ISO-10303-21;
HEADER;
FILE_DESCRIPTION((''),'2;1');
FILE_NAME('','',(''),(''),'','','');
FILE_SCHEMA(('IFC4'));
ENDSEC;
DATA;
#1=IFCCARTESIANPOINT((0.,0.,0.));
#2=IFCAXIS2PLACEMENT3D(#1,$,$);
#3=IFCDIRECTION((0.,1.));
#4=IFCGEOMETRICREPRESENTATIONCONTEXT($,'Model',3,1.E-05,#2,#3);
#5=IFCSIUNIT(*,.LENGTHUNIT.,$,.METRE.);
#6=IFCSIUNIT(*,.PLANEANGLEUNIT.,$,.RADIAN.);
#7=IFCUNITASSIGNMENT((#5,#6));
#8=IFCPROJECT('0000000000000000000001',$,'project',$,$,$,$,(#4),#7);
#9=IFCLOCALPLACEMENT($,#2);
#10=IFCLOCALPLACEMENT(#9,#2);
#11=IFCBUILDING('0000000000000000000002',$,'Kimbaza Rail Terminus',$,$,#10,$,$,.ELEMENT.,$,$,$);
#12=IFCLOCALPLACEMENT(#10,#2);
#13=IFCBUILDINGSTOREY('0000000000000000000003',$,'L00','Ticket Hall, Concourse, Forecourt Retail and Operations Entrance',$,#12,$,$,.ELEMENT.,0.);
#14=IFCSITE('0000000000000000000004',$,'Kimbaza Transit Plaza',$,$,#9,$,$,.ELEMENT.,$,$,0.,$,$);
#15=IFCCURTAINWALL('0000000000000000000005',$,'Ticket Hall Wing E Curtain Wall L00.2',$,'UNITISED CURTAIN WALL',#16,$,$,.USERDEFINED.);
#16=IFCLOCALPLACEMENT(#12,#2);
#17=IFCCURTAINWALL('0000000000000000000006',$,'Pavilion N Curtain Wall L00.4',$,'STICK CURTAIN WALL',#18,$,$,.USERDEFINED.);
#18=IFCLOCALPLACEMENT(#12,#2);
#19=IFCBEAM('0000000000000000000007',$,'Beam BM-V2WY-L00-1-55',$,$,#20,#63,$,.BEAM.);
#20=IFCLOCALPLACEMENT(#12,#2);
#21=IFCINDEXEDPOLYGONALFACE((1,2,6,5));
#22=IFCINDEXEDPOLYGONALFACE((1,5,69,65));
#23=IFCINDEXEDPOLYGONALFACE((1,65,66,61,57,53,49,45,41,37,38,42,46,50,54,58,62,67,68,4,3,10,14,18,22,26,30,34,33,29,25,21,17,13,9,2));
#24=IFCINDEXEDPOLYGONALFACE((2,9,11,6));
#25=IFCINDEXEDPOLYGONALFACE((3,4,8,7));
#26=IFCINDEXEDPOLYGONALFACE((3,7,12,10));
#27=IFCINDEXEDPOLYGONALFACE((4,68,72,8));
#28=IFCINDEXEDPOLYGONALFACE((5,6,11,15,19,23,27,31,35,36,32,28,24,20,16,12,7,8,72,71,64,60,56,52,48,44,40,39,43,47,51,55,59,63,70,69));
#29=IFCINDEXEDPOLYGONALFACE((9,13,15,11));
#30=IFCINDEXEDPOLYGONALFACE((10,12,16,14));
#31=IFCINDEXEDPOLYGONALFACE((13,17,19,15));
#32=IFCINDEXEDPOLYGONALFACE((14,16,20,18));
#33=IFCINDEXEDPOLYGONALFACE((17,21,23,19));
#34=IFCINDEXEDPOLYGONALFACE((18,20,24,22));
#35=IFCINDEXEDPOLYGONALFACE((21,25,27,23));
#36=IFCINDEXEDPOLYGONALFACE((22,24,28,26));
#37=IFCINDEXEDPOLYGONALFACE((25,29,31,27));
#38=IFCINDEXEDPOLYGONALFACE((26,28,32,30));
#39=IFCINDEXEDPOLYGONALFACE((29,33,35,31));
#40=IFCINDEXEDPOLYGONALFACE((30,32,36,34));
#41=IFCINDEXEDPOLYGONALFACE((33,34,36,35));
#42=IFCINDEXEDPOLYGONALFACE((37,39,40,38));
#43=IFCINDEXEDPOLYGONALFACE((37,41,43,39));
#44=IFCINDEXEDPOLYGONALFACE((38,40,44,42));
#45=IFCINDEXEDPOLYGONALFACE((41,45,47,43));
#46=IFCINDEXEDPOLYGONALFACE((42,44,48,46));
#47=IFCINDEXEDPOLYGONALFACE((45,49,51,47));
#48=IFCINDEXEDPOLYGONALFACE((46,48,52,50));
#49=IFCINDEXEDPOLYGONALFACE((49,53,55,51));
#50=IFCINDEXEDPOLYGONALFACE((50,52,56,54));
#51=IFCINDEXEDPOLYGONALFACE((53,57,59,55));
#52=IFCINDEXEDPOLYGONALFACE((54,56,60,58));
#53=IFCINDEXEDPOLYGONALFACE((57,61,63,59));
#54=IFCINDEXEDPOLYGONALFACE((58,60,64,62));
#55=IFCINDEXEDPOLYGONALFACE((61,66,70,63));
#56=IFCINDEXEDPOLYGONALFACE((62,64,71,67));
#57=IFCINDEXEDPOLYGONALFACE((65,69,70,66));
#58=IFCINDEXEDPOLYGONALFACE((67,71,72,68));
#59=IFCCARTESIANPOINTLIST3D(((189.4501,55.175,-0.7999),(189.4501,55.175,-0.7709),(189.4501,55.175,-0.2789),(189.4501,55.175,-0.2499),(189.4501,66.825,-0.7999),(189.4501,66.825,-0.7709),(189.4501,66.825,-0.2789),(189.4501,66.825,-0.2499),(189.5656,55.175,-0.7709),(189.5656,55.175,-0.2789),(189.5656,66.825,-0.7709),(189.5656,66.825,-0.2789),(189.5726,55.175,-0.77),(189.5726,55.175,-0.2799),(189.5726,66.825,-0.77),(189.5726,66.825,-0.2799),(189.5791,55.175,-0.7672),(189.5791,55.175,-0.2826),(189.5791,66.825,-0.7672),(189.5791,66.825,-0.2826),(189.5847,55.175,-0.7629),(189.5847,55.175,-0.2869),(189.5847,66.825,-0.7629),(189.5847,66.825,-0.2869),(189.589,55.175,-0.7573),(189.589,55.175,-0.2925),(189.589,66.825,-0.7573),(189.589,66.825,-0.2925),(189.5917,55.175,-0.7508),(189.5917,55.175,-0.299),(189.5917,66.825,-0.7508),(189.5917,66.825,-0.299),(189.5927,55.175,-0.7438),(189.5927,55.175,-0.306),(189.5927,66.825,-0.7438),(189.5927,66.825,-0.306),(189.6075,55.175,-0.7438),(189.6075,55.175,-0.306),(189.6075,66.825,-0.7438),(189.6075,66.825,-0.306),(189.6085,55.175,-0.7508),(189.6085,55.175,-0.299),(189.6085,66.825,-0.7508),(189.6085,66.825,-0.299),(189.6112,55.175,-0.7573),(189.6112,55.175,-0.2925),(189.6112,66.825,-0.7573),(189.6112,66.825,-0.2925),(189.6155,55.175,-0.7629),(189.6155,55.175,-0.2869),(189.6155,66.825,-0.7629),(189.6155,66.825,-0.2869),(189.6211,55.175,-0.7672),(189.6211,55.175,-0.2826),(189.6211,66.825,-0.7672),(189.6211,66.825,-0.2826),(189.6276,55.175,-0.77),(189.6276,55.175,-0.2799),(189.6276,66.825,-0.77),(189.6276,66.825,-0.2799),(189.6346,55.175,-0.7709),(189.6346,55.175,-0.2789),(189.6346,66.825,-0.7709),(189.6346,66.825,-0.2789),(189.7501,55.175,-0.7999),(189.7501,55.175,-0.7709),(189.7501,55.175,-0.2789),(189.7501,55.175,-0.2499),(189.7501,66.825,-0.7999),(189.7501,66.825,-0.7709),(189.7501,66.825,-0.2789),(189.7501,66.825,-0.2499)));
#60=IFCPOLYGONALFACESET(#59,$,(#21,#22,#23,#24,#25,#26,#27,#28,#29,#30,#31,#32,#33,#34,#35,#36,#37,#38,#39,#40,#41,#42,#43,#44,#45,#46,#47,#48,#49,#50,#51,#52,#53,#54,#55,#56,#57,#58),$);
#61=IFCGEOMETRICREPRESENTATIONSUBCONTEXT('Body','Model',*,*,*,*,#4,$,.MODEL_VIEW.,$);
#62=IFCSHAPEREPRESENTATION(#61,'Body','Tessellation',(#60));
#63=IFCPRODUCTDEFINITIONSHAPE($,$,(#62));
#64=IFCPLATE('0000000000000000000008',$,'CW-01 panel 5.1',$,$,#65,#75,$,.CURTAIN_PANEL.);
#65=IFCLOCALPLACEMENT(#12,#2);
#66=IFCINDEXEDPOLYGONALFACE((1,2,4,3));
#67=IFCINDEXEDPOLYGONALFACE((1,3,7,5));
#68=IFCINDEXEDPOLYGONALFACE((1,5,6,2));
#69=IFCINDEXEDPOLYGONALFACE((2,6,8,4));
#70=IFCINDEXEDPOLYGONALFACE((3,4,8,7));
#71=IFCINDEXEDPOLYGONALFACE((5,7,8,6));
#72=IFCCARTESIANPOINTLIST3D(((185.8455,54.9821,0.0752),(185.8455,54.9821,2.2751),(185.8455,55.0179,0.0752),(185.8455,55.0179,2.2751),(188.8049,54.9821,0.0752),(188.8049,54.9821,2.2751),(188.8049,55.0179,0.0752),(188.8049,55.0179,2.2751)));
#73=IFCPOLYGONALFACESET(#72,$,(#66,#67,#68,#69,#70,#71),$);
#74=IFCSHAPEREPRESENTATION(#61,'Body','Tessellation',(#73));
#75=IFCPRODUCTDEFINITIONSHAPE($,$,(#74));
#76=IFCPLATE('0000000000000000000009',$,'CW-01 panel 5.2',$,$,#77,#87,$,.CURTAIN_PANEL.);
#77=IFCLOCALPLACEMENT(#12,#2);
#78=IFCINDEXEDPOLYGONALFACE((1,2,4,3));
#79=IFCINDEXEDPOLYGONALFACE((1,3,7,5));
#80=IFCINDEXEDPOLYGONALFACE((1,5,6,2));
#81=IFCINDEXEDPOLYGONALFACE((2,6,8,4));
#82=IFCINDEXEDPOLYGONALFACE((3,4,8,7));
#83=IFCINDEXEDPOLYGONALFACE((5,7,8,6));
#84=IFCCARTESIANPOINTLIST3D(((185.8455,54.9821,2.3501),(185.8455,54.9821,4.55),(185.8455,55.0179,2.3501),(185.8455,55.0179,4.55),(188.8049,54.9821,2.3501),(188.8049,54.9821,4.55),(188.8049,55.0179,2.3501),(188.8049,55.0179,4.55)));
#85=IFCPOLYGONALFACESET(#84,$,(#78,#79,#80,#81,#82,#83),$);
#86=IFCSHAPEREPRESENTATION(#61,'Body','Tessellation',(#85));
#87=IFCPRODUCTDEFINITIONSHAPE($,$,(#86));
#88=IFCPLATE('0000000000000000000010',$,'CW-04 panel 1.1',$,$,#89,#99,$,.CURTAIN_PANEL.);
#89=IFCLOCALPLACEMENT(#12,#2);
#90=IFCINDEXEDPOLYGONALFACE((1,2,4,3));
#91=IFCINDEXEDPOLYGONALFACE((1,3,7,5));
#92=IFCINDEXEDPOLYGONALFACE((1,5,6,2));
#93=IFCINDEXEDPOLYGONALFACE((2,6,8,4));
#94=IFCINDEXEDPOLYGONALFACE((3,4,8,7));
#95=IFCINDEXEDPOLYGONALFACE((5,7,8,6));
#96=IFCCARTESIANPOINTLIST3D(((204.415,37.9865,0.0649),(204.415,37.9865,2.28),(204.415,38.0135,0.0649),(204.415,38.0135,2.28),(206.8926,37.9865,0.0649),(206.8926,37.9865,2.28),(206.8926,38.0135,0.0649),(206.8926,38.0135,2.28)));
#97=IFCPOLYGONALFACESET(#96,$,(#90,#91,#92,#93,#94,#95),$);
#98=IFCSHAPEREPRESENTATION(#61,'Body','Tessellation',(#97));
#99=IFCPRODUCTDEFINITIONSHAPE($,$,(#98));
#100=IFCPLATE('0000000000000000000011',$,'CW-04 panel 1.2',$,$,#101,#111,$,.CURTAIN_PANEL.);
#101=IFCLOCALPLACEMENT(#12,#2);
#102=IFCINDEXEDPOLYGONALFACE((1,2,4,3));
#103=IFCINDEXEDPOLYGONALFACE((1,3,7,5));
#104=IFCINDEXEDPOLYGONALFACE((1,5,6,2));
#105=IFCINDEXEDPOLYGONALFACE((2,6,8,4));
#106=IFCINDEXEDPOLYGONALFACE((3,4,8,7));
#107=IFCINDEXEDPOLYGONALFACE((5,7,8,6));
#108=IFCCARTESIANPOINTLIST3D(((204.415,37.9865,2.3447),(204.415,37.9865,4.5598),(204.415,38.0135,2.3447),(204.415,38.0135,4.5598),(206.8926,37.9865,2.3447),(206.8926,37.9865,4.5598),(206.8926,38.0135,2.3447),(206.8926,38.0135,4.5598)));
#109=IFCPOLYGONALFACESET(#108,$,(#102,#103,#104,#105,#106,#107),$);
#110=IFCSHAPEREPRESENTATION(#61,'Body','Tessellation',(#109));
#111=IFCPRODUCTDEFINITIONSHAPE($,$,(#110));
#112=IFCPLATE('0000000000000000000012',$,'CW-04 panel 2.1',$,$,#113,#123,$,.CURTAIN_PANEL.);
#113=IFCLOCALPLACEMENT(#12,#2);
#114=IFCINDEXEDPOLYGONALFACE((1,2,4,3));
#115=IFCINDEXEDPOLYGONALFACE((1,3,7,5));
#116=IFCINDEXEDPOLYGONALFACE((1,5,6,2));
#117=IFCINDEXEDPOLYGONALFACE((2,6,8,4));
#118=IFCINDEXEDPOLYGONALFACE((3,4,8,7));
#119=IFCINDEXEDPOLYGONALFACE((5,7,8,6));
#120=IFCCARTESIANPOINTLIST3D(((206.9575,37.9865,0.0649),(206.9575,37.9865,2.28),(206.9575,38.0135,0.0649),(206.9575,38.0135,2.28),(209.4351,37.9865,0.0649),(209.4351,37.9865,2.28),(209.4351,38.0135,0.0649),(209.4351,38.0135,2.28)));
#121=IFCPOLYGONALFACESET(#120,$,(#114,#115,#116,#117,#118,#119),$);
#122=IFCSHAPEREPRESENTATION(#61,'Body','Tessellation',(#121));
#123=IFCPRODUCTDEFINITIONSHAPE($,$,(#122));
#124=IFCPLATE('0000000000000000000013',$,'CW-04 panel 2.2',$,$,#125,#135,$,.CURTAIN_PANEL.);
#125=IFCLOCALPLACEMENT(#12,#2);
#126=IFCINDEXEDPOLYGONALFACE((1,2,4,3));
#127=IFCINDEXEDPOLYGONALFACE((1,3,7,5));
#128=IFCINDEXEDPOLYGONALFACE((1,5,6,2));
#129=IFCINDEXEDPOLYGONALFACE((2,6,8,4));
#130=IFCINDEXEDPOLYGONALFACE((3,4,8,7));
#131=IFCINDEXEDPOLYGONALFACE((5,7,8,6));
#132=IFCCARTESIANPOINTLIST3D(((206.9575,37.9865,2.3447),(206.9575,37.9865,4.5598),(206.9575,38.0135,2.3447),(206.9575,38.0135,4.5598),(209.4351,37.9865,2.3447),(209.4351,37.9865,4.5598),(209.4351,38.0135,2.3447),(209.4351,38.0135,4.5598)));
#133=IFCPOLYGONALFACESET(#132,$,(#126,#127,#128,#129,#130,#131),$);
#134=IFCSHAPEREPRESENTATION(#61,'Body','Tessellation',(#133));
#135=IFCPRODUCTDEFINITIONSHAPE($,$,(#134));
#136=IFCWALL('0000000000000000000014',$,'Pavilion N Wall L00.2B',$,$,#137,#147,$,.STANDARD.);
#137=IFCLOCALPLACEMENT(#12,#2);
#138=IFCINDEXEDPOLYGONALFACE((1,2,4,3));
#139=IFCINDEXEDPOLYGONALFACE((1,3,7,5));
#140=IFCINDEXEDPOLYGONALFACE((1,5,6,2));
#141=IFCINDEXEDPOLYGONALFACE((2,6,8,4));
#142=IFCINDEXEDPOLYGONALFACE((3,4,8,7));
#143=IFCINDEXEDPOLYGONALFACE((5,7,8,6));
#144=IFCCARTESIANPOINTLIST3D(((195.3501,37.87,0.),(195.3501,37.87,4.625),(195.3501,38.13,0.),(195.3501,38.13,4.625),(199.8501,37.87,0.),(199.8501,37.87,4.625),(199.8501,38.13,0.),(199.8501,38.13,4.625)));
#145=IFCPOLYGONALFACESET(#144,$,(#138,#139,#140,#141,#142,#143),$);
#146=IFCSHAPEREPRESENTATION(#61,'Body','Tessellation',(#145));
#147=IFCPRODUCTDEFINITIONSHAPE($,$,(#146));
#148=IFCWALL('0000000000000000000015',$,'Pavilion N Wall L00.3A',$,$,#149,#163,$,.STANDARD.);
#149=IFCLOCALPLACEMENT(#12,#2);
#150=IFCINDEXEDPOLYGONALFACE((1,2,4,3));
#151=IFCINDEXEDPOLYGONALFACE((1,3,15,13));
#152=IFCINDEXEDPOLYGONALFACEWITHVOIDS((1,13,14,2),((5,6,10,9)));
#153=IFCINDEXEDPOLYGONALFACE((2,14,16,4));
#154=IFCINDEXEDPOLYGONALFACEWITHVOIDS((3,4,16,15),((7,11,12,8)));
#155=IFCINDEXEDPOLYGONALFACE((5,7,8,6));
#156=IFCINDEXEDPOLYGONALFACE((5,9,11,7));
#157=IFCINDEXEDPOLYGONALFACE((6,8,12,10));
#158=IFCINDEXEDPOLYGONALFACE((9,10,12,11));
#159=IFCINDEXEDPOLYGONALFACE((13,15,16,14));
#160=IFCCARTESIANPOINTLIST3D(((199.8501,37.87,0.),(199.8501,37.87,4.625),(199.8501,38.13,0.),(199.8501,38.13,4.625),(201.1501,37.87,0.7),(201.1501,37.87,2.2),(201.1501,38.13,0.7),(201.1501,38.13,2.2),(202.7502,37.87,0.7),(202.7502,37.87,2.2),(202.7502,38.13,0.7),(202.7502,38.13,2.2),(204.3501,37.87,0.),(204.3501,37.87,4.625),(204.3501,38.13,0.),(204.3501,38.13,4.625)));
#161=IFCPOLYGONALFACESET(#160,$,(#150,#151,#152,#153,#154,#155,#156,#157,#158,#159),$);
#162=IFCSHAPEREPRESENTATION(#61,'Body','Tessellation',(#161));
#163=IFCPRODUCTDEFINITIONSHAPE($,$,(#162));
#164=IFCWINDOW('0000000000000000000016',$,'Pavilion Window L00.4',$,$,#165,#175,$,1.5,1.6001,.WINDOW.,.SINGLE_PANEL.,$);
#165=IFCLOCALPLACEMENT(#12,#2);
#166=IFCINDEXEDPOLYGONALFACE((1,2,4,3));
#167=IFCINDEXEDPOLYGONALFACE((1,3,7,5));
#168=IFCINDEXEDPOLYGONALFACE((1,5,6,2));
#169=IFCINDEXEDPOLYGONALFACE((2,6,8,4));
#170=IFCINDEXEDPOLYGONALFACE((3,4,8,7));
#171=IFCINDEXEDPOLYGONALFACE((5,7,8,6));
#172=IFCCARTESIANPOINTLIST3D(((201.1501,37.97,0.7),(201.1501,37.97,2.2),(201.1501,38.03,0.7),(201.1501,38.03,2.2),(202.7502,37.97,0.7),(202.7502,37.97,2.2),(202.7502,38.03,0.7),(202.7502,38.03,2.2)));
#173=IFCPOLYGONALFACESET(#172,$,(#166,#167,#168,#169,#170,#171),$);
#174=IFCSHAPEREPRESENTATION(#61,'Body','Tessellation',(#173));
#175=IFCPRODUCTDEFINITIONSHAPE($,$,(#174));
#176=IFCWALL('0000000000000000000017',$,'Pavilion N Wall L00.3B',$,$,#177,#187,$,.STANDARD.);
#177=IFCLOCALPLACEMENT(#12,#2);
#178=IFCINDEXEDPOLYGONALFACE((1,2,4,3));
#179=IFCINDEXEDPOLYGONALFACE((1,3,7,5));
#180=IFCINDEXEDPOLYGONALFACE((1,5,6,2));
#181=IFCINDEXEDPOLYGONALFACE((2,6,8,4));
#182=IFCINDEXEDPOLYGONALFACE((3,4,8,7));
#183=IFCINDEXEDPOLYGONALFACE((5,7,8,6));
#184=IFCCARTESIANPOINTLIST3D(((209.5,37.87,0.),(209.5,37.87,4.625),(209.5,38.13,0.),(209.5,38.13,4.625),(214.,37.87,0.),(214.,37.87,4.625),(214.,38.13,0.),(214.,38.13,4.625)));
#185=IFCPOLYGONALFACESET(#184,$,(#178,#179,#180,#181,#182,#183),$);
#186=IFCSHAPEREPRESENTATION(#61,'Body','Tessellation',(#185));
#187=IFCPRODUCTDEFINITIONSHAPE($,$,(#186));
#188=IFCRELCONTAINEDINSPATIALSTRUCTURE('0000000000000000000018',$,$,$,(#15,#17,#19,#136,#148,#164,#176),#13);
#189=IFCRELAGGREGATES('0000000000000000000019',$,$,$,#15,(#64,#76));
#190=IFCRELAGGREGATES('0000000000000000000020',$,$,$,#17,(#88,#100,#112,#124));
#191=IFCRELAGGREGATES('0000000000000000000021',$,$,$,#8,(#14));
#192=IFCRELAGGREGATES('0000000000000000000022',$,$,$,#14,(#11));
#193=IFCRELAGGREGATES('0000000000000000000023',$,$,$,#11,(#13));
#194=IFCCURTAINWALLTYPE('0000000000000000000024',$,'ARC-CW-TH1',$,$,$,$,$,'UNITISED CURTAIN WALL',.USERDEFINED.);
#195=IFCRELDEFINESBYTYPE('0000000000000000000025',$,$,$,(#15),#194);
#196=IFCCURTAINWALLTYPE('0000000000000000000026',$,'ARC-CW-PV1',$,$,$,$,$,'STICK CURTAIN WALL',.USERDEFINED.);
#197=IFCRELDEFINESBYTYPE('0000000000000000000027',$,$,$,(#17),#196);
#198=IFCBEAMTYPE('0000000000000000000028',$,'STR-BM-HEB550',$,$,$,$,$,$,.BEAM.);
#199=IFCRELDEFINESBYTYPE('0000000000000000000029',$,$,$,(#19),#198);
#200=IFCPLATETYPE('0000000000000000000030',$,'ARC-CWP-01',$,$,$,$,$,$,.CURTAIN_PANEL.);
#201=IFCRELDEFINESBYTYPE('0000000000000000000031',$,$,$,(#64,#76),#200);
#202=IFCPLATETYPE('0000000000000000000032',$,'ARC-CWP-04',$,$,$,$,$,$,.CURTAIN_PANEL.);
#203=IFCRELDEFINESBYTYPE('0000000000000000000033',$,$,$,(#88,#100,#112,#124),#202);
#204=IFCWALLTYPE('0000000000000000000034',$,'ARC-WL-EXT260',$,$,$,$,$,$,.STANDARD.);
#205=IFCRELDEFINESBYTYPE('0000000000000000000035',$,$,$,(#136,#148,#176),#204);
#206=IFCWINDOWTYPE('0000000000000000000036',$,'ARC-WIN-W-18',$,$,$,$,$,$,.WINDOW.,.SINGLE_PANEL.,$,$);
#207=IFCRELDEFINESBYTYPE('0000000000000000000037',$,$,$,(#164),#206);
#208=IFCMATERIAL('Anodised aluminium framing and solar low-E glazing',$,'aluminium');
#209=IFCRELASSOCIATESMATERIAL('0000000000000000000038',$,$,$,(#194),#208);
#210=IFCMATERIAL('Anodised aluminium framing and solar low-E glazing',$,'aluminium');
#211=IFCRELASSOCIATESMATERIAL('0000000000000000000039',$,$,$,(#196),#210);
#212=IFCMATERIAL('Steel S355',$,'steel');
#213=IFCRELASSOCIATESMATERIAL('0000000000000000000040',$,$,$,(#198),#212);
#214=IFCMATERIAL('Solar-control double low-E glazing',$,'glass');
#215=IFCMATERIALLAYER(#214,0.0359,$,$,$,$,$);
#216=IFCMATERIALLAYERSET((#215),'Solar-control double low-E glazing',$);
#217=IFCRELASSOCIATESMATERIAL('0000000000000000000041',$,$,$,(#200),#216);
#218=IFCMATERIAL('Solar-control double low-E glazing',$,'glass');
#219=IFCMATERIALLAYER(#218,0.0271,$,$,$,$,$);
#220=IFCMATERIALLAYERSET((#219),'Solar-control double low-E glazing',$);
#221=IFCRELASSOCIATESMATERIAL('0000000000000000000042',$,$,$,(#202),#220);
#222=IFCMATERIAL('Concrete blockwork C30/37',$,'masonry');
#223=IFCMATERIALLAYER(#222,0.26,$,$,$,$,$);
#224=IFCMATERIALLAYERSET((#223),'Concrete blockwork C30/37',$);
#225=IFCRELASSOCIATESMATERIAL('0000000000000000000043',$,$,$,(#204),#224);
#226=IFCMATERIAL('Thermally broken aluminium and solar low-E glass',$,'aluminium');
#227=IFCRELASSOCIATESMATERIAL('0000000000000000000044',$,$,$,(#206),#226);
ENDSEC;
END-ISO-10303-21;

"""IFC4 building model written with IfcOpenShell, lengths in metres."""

from ifc_helpers import new_model, si_unit, direction, frame, frame_2d, origin, origin_2d, place, context, subcontext, project, spatial, rectangle, i_section, extrude, material, layer, layer_set, material_profile, profile_set, type_object, element, fill, aggregate, save


model = new_model("IFC4")

# Units and contexts
model_context = context("Model", 3, precision=1e-05, world=origin(), true_north=direction((0.0, 1.0)))
body_context = subcontext(model_context, "Body", "Model", "MODEL_VIEW")
ifc_project = project(units=[si_unit("LENGTHUNIT", "METRE"), si_unit("PLANEANGLEUNIT", "RADIAN")], contexts=[model_context])

# Site, building, storey
site_placement = place(None, origin())
site = spatial("IfcSite", under=ifc_project, at=site_placement, Name="Kimbaza Transit Plaza", CompositionType="ELEMENT", RefElevation=0.0)
building_placement = place(site_placement, origin())
building = spatial("IfcBuilding", under=site, at=building_placement, Name="Kimbaza Rail Terminus", CompositionType="ELEMENT")
storey_placement = place(building_placement, origin())
storey = spatial("IfcBuildingStorey", under=building, at=storey_placement, Name="L00", Description="Ticket Hall, Concourse, Forecourt Retail and Operations Entrance", CompositionType="ELEMENT", Elevation=0.0)

# Curtain wall
ifc_material_1 = material(Name="Anodised aluminium framing and solar low-E glazing", Category="aluminium")
curtain_wall_type_1 = type_object("IfcCurtainWallType", Name="ARC-CW-TH1", ElementType="UNITISED CURTAIN WALL", PredefinedType="USERDEFINED", material=ifc_material_1)
curtain_wall_1_placement = place(storey_placement, origin())
curtain_wall_1 = element("IfcCurtainWall", 1, at=curtain_wall_1_placement, inside=storey, type_object=curtain_wall_type_1, Name="Ticket Hall Wing E Curtain Wall L00.2", ObjectType="UNITISED CURTAIN WALL", PredefinedType="USERDEFINED")
ifc_material_2 = material(Name="Anodised aluminium framing and solar low-E glazing", Category="aluminium")
curtain_wall_type_2 = type_object("IfcCurtainWallType", Name="ARC-CW-PV1", ElementType="STICK CURTAIN WALL", PredefinedType="USERDEFINED", material=ifc_material_2)

# Curtain wall
curtain_wall_2_placement = place(storey_placement, origin())
curtain_wall_2 = element("IfcCurtainWall", 2, at=curtain_wall_2_placement, inside=storey, type_object=curtain_wall_type_2, Name="Pavilion N Curtain Wall L00.4", ObjectType="STICK CURTAIN WALL", PredefinedType="USERDEFINED")

# Beam
ifc_material_3 = material(Name="Steel S355", Category="steel")
ifc_material_profile_1 = material_profile(ifc_material_3, i_section(OverallWidth=0.3, OverallDepth=0.55, WebThickness=0.0149, FlangeThickness=0.0291, FilletRadius=0.0271, at=origin_2d()), Name="HEB 550")
ifc_profile_set_1 = profile_set([ifc_material_profile_1], Name="Steel S355")
beam_type = type_object("IfcBeamType", Name="STR-BM-HEB550", PredefinedType="BEAM", material=ifc_profile_set_1)
beam_placement = place(storey_placement, frame((189.6001, 55.175, -0.5249), z_axis=(0.0, 1.0, 0.0), x_axis=(-1.0, 0.0, 0.0)))
element("IfcBeam", 3, at=beam_placement, inside=storey, type_object=beam_type, Name="Beam BM-V2WY-L00-1-55", PredefinedType="BEAM", context=body_context, shape_type="SweptSolid", body=[
    extrude(i_section(OverallWidth=0.3, OverallDepth=0.55, WebThickness=0.0149, FlangeThickness=0.0291, FilletRadius=0.0271, at=origin_2d()), origin(), (0.0, 0.0, 1.0), 11.6499),
])

# Plates
ifc_material_4 = material(Name="Solar-control double low-E glazing", Category="glass")
ifc_layer_1 = layer(ifc_material_4, 0.0359)
ifc_layer_set_1 = layer_set([ifc_layer_1], Name="Solar-control double low-E glazing")
plate_type_1 = type_object("IfcPlateType", Name="ARC-CWP-01", PredefinedType="CURTAIN_PANEL", material=ifc_layer_set_1)
plate_1_placement = place(storey_placement, frame((187.3252, 55.0, 0.0752), z_axis=(0.0, 0.0, 1.0), x_axis=(1.0, 0.0, 0.0)))
plate_1 = element("IfcPlate", 4, at=plate_1_placement, type_object=plate_type_1, Name="CW-01 panel 5.1", PredefinedType="CURTAIN_PANEL", context=body_context, shape_type="SweptSolid", body=[
    extrude(rectangle(XDim=2.9595, YDim=0.0359, at=origin_2d()), origin(), (0.0, 0.0, 1.0), 2.2),
])
plate_2_placement = place(storey_placement, frame((187.3252, 55.0, 2.3501), z_axis=(0.0, 0.0, 1.0), x_axis=(1.0, 0.0, 0.0)))
plate_2 = element("IfcPlate", 5, at=plate_2_placement, type_object=plate_type_1, Name="CW-01 panel 5.2", PredefinedType="CURTAIN_PANEL", context=body_context, shape_type="SweptSolid", body=[
    extrude(rectangle(XDim=2.9595, YDim=0.0359, at=origin_2d()), origin(), (0.0, 0.0, 1.0), 2.2),
])
aggregate(curtain_wall_1, [plate_1, plate_2])
ifc_material_5 = material(Name="Solar-control double low-E glazing", Category="glass")
ifc_layer_2 = layer(ifc_material_5, 0.0271)
ifc_layer_set_2 = layer_set([ifc_layer_2], Name="Solar-control double low-E glazing")
plate_type_2 = type_object("IfcPlateType", Name="ARC-CWP-04", PredefinedType="CURTAIN_PANEL", material=ifc_layer_set_2)
plate_3_placement = place(storey_placement, frame((205.6538, 38.0, 0.0649), z_axis=(0.0, 0.0, 1.0), x_axis=(1.0, 0.0, 0.0)))
plate_3 = element("IfcPlate", 6, at=plate_3_placement, type_object=plate_type_2, Name="CW-04 panel 1.1", PredefinedType="CURTAIN_PANEL", context=body_context, shape_type="SweptSolid", body=[
    extrude(rectangle(XDim=2.4775, YDim=0.0271, at=origin_2d()), origin(), (0.0, 0.0, 1.0), 2.2151),
])
plate_4_placement = place(storey_placement, frame((205.6538, 38.0, 2.3447), z_axis=(0.0, 0.0, 1.0), x_axis=(1.0, 0.0, 0.0)))
plate_4 = element("IfcPlate", 7, at=plate_4_placement, type_object=plate_type_2, Name="CW-04 panel 1.2", PredefinedType="CURTAIN_PANEL", context=body_context, shape_type="SweptSolid", body=[
    extrude(rectangle(XDim=2.4775, YDim=0.0271, at=origin_2d()), origin(), (0.0, 0.0, 1.0), 2.2151),
])
plate_5_placement = place(storey_placement, frame((208.1963, 38.0, 0.0649), z_axis=(0.0, 0.0, 1.0), x_axis=(1.0, 0.0, 0.0)))
plate_5 = element("IfcPlate", 8, at=plate_5_placement, type_object=plate_type_2, Name="CW-04 panel 2.1", PredefinedType="CURTAIN_PANEL", context=body_context, shape_type="SweptSolid", body=[
    extrude(rectangle(XDim=2.4775, YDim=0.0271, at=origin_2d()), origin(), (0.0, 0.0, 1.0), 2.2151),
])
plate_6_placement = place(storey_placement, frame((208.1963, 38.0, 2.3447), z_axis=(0.0, 0.0, 1.0), x_axis=(1.0, 0.0, 0.0)))
plate_6 = element("IfcPlate", 9, at=plate_6_placement, type_object=plate_type_2, Name="CW-04 panel 2.2", PredefinedType="CURTAIN_PANEL", context=body_context, shape_type="SweptSolid", body=[
    extrude(rectangle(XDim=2.4775, YDim=0.0271, at=origin_2d()), origin(), (0.0, 0.0, 1.0), 2.2151),
])
aggregate(curtain_wall_2, [plate_3, plate_4, plate_5, plate_6])

# Wall
ifc_material_6 = material(Name="Concrete blockwork C30/37", Category="masonry")
ifc_layer_3 = layer(ifc_material_6, 0.26)
ifc_layer_set_3 = layer_set([ifc_layer_3], Name="Concrete blockwork C30/37")
wall_type_1 = type_object("IfcWallType", Name="ARC-WL-EXT260", PredefinedType="STANDARD", material=ifc_layer_set_3)
wall_1_placement = place(storey_placement, frame((195.3501, 38.0, 0.0), z_axis=(0.0, 0.0, 1.0), x_axis=(1.0, 0.0, 0.0)))
element("IfcWall", 10, at=wall_1_placement, inside=storey, type_object=wall_type_1, Name="Pavilion N Wall L00.2B", PredefinedType="STANDARD", context=body_context, shape_type="SweptSolid", body=[
    extrude(rectangle(XDim=4.5, YDim=0.26, at=frame_2d((2.25, 0.0))), origin(), (0.0, 0.0, 1.0), 4.625),
])

# Wall, opening, window
wall_2_placement = place(storey_placement, frame((199.8501, 38.0, 0.0), z_axis=(0.0, 0.0, 1.0), x_axis=(1.0, 0.0, 0.0)))
wall_2 = element("IfcWall", 11, at=wall_2_placement, inside=storey, type_object=wall_type_1, Name="Pavilion N Wall L00.3A", PredefinedType="STANDARD", context=body_context, shape_type="SweptSolid", body=[
    extrude(rectangle(XDim=4.5, YDim=0.26, at=frame_2d((2.25, 0.0))), origin(), (0.0, 0.0, 1.0), 4.625),
])
opening_1_placement = place(wall_2_placement, frame((1.3, 0.0, 0.7)))
opening_1 = element("IfcOpeningElement", 12, at=opening_1_placement, cuts=wall_2, PredefinedType="OPENING", context=body_context, shape_type="SweptSolid", body=[
    extrude(rectangle(XDim=1.6001, YDim=1.5, at=frame_2d((0.8, 0.75))), frame((0.0, 0.1399, 0.0), z_axis=(0.0, -1.0, 0.0), x_axis=(1.0, 0.0, 0.0)), (0.0, 0.0, 1.0), 0.28),
])
ifc_material_7 = material(Name="Thermally broken aluminium and solar low-E glass", Category="aluminium")
window_type = type_object("IfcWindowType", Name="ARC-WIN-W-18", PartitioningType="SINGLE_PANEL", PredefinedType="WINDOW", material=ifc_material_7)
window_placement = place(opening_1_placement, origin())
window = element("IfcWindow", 13, at=window_placement, inside=storey, type_object=window_type, Name="Pavilion Window L00.4", OverallHeight=1.5, OverallWidth=1.6001, PartitioningType="SINGLE_PANEL", PredefinedType="WINDOW", context=body_context, shape_type="SweptSolid", body=[
    extrude(rectangle(XDim=1.6001, YDim=1.5, at=frame_2d((0.8, 0.75))), frame((0.0, 0.03, 0.0), z_axis=(0.0, -1.0, 0.0), x_axis=(1.0, 0.0, 0.0)), (0.0, 0.0, 1.0), 0.0601),
])
fill(opening_1, window)

# Wall
wall_3_placement = place(storey_placement, frame((209.5, 38.0, 0.0), z_axis=(0.0, 0.0, 1.0), x_axis=(1.0, 0.0, 0.0)))
element("IfcWall", 14, at=wall_3_placement, inside=storey, type_object=wall_type_1, Name="Pavilion N Wall L00.3B", PredefinedType="STANDARD", context=body_context, shape_type="SweptSolid", body=[
    extrude(rectangle(XDim=4.5, YDim=0.26, at=frame_2d((2.25, 0.0))), origin(), (0.0, 0.0, 1.0), 4.625),
])

save(model, "model.ifc")
